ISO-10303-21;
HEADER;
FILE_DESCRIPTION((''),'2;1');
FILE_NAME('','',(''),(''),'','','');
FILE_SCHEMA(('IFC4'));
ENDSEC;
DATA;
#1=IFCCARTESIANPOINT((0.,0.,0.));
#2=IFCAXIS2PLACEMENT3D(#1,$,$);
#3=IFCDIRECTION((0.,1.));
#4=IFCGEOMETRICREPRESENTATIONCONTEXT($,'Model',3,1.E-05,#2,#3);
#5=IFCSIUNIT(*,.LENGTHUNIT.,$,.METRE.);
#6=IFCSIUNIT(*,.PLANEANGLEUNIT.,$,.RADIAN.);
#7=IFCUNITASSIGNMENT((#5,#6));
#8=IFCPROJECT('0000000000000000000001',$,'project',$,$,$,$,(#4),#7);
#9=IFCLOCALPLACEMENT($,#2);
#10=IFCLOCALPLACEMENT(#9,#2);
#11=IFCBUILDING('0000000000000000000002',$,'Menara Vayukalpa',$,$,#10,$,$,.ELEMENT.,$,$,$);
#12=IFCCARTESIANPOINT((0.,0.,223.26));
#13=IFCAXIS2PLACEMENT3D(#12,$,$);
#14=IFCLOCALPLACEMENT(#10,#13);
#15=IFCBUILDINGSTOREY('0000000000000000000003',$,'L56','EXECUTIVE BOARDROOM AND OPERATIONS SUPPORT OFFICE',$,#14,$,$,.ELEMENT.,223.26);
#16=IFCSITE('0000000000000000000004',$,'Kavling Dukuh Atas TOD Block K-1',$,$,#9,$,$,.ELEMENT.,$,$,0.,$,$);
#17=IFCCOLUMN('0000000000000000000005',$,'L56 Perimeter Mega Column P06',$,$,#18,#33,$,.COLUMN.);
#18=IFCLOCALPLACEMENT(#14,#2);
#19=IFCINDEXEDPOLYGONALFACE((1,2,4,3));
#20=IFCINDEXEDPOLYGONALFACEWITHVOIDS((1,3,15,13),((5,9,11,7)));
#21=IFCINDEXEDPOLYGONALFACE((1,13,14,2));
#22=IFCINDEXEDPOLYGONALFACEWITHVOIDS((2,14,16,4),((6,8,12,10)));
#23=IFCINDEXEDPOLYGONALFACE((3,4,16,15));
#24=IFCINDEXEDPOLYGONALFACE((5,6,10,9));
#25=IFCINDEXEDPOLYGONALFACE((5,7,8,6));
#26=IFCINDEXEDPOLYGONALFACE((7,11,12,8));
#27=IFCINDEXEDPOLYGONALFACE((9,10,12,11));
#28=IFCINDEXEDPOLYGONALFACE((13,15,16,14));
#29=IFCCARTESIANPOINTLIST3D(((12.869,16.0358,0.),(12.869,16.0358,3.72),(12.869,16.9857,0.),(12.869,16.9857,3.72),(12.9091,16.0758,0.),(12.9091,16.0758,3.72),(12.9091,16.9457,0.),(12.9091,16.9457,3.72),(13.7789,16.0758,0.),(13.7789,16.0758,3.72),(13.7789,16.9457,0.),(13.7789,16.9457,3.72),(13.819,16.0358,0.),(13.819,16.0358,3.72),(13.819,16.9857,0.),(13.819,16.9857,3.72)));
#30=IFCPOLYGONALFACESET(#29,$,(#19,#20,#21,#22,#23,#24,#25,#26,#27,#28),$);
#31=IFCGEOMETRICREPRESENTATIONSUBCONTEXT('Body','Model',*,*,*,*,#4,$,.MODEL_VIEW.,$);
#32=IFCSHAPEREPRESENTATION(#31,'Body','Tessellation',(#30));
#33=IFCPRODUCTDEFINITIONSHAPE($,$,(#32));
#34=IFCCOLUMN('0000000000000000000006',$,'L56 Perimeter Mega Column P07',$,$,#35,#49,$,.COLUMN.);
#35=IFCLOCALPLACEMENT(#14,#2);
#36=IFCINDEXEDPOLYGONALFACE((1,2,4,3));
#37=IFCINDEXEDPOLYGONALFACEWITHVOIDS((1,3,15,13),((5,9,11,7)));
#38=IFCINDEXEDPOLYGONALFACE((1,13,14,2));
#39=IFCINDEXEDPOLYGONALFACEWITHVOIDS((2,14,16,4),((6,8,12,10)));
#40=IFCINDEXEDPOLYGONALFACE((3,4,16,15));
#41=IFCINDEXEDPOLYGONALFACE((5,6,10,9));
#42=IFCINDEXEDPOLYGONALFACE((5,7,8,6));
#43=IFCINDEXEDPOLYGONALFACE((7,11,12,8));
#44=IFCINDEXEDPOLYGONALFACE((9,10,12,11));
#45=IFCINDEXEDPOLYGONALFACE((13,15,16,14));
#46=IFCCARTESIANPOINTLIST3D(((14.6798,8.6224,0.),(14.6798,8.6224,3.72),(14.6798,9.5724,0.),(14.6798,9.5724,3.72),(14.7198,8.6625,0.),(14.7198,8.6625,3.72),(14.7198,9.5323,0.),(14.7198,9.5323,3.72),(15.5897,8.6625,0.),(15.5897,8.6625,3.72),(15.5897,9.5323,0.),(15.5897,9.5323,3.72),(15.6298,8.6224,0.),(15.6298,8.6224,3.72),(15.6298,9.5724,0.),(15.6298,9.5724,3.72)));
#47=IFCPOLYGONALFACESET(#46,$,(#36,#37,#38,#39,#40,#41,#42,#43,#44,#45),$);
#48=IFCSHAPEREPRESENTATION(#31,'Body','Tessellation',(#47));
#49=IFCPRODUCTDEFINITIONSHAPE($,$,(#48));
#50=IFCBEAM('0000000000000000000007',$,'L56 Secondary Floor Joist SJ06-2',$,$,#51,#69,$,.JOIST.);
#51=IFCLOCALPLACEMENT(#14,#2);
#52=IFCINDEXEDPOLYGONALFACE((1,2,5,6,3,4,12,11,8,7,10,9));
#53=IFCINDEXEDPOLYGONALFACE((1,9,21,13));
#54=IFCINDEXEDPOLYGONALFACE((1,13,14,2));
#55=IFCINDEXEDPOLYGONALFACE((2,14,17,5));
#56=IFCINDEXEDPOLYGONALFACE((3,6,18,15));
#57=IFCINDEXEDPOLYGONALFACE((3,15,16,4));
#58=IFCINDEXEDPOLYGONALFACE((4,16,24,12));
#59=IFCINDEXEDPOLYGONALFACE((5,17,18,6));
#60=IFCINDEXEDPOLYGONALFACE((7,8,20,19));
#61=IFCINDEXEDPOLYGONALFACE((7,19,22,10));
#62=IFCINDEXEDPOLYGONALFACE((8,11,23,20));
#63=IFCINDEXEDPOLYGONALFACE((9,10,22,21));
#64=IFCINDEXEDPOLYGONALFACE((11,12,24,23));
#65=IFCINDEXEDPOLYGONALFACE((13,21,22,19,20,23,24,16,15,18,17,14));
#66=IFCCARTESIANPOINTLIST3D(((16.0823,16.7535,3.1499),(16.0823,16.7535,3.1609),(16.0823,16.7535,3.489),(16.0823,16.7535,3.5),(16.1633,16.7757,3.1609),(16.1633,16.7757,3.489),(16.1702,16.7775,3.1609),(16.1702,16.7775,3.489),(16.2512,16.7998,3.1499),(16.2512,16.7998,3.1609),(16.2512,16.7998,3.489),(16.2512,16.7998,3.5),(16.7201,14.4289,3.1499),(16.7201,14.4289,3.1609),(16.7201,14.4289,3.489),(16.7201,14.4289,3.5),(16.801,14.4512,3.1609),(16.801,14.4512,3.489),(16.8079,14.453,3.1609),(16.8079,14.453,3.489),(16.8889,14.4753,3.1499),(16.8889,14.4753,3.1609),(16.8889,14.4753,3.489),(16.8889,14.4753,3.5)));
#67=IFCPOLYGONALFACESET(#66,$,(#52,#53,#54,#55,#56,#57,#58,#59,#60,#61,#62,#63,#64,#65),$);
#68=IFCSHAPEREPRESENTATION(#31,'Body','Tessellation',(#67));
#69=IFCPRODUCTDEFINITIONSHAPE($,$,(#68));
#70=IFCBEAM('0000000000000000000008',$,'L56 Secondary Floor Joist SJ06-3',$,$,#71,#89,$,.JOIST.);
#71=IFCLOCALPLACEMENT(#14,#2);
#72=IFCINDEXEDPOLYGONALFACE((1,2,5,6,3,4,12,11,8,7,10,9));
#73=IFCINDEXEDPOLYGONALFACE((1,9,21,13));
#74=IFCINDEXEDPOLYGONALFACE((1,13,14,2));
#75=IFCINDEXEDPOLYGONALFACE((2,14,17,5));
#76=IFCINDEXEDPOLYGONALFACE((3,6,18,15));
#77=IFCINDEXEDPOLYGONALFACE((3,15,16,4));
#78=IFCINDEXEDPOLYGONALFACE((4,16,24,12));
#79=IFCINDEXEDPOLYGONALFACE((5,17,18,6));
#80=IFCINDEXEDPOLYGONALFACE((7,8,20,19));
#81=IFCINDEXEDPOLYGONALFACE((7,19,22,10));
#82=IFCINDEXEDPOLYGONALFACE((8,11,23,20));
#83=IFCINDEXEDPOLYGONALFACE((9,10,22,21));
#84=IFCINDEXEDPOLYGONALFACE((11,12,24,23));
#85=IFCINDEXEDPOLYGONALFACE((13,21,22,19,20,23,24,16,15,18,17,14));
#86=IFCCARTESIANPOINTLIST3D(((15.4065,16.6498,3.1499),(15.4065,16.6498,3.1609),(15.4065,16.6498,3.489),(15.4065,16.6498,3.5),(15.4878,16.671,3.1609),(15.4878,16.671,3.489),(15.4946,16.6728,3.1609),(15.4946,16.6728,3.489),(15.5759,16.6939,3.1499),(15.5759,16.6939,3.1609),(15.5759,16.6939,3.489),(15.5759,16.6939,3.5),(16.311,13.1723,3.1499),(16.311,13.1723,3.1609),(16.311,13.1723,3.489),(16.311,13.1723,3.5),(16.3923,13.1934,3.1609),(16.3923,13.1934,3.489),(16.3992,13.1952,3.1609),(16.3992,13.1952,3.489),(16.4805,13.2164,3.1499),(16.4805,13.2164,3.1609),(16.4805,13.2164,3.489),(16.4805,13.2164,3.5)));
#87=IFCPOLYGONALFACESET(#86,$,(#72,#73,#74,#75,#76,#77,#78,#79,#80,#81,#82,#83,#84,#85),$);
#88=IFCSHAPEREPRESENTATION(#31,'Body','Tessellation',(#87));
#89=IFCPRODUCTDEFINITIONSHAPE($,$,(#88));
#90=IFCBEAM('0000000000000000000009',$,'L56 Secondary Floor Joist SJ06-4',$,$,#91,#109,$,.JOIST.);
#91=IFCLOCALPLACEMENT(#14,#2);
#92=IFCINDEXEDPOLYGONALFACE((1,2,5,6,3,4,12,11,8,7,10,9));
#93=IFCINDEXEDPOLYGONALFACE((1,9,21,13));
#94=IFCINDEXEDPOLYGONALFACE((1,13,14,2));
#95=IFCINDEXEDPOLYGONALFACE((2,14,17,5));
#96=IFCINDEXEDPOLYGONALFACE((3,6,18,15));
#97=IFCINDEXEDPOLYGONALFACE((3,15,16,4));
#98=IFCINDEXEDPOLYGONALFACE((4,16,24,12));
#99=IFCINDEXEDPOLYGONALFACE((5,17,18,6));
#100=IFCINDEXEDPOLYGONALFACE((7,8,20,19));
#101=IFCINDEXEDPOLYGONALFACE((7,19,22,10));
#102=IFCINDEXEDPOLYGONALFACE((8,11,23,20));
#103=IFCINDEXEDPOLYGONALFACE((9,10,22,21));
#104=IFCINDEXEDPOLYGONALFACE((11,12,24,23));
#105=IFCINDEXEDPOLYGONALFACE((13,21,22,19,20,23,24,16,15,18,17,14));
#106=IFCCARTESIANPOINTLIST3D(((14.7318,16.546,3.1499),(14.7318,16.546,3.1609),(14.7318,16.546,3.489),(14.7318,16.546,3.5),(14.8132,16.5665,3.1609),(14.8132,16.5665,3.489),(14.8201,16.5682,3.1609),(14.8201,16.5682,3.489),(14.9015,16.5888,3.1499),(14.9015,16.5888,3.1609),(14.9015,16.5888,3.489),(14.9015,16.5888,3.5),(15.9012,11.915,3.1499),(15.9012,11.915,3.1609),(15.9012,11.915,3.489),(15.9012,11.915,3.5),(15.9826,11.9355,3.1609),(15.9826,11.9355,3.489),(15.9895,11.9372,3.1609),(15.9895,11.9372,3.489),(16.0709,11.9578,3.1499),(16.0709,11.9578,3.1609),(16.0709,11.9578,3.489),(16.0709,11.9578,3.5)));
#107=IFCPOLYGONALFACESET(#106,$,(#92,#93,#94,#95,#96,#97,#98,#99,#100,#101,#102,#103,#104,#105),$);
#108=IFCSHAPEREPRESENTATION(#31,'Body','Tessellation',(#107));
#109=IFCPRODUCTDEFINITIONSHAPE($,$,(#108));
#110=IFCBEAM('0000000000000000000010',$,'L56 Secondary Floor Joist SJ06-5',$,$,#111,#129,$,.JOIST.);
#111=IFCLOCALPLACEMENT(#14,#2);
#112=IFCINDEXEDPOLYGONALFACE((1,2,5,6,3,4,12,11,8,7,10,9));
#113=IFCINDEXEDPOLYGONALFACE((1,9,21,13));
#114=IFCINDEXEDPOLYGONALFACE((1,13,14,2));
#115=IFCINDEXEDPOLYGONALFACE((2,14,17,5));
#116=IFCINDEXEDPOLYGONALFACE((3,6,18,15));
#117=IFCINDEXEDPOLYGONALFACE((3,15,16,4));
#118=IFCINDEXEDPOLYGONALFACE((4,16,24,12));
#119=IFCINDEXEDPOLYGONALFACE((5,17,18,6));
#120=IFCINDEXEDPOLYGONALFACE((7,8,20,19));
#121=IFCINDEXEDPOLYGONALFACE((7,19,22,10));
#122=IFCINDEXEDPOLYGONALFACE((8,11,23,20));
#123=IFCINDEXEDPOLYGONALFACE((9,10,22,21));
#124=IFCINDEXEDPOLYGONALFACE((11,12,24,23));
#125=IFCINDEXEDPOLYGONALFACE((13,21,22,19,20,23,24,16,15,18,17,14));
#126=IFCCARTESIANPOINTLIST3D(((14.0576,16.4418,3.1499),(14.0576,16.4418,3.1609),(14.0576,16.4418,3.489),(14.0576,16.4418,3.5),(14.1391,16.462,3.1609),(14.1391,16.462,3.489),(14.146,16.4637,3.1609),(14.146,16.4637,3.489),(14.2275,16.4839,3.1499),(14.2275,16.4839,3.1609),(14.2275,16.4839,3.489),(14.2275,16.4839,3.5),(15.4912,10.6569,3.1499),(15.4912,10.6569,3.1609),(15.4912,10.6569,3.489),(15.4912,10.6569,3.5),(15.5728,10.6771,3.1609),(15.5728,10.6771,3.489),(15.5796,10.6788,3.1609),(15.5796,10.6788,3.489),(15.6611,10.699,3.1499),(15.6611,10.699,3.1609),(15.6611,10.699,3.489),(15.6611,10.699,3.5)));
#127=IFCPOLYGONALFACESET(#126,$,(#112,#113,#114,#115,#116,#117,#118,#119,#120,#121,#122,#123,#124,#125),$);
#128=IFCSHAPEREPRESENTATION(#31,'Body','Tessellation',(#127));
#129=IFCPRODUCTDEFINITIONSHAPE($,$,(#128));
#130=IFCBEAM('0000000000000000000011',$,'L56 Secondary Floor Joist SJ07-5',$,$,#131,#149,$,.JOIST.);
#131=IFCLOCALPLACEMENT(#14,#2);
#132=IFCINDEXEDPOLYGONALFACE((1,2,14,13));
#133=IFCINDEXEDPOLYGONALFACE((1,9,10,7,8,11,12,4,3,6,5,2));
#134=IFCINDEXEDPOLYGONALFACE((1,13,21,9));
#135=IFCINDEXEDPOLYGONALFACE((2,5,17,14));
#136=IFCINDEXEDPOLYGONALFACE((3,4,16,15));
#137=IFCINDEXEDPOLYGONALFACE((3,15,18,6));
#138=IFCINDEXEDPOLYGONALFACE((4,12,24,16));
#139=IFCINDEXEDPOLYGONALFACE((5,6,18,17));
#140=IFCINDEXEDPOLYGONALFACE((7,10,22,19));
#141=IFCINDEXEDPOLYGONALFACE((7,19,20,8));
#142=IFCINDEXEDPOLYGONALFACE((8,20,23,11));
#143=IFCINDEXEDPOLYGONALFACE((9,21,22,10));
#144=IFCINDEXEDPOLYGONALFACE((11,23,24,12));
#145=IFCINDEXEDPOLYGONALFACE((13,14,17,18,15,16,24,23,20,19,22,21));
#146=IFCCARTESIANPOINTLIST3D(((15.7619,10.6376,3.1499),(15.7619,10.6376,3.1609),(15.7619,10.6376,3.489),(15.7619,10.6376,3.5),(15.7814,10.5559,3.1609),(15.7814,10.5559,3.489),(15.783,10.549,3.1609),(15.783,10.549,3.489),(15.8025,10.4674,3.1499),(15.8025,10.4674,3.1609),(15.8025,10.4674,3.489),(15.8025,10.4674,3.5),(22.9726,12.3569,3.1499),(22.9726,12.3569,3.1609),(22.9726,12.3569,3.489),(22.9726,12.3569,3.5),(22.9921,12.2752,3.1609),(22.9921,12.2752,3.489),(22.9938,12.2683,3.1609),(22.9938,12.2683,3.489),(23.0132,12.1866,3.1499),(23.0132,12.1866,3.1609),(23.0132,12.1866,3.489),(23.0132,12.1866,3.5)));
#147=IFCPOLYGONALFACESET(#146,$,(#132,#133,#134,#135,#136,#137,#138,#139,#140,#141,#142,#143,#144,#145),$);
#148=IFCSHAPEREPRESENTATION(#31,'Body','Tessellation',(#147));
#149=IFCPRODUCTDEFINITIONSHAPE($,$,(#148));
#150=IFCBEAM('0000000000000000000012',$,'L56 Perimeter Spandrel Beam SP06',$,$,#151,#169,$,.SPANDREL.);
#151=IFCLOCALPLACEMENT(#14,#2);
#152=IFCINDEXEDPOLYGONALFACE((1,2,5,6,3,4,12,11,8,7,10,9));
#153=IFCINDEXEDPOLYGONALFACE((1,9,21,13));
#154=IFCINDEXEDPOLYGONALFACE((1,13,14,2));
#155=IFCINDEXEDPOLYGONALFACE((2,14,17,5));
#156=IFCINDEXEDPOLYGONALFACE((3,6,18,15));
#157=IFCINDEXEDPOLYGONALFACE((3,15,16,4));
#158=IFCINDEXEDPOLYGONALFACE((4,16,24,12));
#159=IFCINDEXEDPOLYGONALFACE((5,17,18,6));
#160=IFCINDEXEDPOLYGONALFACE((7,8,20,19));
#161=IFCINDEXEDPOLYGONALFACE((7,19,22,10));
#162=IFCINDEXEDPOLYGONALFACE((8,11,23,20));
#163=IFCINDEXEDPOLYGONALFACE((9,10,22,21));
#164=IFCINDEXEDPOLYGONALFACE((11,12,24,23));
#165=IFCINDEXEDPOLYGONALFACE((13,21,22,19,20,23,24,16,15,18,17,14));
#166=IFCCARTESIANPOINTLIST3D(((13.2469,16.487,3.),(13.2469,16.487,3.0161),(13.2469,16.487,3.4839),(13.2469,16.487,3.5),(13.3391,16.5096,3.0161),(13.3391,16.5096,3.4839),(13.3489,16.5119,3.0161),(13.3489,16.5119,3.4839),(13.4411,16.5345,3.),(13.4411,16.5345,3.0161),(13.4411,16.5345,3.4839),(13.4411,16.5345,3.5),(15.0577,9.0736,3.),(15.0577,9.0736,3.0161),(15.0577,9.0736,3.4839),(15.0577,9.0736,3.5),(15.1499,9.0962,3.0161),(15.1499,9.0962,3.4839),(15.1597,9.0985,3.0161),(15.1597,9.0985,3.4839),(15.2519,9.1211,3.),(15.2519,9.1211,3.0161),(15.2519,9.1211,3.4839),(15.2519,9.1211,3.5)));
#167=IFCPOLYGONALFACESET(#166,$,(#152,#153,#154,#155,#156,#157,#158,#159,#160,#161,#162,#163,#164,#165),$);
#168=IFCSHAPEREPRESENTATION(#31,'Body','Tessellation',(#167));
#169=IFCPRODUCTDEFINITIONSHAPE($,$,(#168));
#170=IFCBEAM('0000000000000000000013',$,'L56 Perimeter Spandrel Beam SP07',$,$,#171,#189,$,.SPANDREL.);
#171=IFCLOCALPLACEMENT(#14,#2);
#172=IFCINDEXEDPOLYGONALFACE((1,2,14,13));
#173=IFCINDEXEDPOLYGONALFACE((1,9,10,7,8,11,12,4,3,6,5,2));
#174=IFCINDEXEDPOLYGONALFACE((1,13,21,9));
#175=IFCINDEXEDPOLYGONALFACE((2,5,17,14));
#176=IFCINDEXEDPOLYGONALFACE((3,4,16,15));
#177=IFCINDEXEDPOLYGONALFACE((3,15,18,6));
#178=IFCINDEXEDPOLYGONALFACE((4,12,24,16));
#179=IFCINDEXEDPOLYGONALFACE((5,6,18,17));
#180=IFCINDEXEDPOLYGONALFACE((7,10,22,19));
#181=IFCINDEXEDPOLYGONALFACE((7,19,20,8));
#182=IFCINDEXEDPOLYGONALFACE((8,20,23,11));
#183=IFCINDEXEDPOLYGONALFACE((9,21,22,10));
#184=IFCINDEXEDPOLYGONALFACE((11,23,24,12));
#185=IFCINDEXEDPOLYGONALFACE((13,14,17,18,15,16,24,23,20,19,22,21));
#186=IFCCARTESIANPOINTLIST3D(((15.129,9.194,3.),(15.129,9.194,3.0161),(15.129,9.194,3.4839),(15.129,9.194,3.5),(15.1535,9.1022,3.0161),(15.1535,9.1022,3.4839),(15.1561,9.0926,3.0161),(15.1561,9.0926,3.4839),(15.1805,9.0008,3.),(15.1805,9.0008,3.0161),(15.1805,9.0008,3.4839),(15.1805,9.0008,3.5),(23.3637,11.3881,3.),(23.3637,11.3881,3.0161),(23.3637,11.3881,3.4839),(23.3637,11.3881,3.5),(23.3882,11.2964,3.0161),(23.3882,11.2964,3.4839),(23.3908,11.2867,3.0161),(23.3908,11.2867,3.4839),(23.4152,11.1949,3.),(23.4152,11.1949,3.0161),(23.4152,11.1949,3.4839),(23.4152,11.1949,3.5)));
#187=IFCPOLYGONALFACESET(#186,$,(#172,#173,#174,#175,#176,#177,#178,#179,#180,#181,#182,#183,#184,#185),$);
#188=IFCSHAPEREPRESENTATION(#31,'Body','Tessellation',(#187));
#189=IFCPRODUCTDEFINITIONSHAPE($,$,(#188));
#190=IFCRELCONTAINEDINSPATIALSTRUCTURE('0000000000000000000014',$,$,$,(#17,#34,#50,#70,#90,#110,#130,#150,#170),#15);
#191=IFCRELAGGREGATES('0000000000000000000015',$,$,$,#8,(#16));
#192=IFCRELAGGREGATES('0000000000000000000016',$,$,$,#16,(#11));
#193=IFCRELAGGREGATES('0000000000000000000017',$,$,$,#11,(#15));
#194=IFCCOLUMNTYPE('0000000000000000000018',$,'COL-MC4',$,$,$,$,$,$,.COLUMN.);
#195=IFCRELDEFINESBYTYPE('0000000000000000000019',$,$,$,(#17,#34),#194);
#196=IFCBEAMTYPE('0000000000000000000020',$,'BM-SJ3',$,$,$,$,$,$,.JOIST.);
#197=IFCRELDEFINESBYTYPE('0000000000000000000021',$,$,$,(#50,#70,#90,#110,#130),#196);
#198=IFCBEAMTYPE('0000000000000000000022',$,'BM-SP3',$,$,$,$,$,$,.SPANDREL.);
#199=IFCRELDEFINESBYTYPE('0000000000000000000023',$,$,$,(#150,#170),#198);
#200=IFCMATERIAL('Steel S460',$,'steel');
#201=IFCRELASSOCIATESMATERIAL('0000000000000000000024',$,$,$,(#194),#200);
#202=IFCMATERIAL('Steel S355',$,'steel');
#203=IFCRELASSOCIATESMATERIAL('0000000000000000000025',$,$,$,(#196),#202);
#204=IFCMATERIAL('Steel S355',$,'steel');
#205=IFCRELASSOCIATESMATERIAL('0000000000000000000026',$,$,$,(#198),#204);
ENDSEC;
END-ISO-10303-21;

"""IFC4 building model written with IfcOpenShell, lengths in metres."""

from ifc_helpers import new_model, si_unit, direction, frame, origin, origin_2d, place, context, subcontext, project, spatial, hollow_rectangle, i_section, extrude, material, material_profile, profile_set, type_object, element, save


model = new_model("IFC4")

# Units and contexts
model_context = context("Model", 3, precision=1e-05, world=origin(), true_north=direction((0.0, 1.0)))
body_context = subcontext(model_context, "Body", "Model", "MODEL_VIEW")
ifc_project = project(units=[si_unit("LENGTHUNIT", "METRE"), si_unit("PLANEANGLEUNIT", "RADIAN")], contexts=[model_context])

# Site, building, storey
site_placement = place(None, origin())
site = spatial("IfcSite", under=ifc_project, at=site_placement, Name="Kavling Dukuh Atas TOD Block K-1", CompositionType="ELEMENT", RefElevation=0.0)
building_placement = place(site_placement, origin())
building = spatial("IfcBuilding", under=site, at=building_placement, Name="Menara Vayukalpa", CompositionType="ELEMENT")
storey_placement = place(building_placement, frame((0.0, 0.0, 223.26)))
storey = spatial("IfcBuildingStorey", under=building, at=storey_placement, Name="L56", Description="EXECUTIVE BOARDROOM AND OPERATIONS SUPPORT OFFICE", CompositionType="ELEMENT", Elevation=223.26)

# Columns
ifc_material_1 = material(Name="Steel S460", Category="steel")
ifc_material_profile_1 = material_profile(ifc_material_1, hollow_rectangle(XDim=0.95, YDim=0.95, WallThickness=0.04, at=origin_2d()), Name="BOX 950x950x40")
ifc_profile_set_1 = profile_set([ifc_material_profile_1], Name="Steel S460")
column_type = type_object("IfcColumnType", Name="COL-MC4", PredefinedType="COLUMN", material=ifc_profile_set_1)
for number, where, z_axis, x_axis, name in (
    (1, (13.344, 16.5107, 0.0), (0.0, 0.0, 1.0), (1.0, 0.0, 0.0), "L56 Perimeter Mega Column P06"),
    (2, (15.1548, 9.0974, 0.0), (0.0, 0.0, 1.0), (1.0, 0.0, 0.0), "L56 Perimeter Mega Column P07"),
):
    element("IfcColumn", number, at=place(storey_placement, frame(where, z_axis=z_axis, x_axis=x_axis)), inside=storey, type_object=column_type, Name=name, PredefinedType="COLUMN", context=body_context, shape_type="SweptSolid", body=[
        extrude(hollow_rectangle(XDim=0.95, YDim=0.95, WallThickness=0.04, at=origin_2d()), origin(), (0.0, 0.0, 1.0), 3.72),
    ])

# Beams
ifc_material_2 = material(Name="Steel S355", Category="steel")
ifc_material_profile_2 = material_profile(ifc_material_2, i_section(OverallWidth=0.175, OverallDepth=0.3501, WebThickness=0.0071, FlangeThickness=0.011, at=origin_2d()), Name="WF 350x175x7x11")
ifc_profile_set_2 = profile_set([ifc_material_profile_2], Name="Steel S355")
beam_type_1 = type_object("IfcBeamType", Name="BM-SJ3", PredefinedType="JOIST", material=ifc_profile_set_2)
beam_1_placement = place(storey_placement, frame((16.1667, 16.7766, 3.325), z_axis=(0.264566, -0.964368, 0.0), x_axis=(0.964368, 0.264566, 0.0)))
element("IfcBeam", 3, at=beam_1_placement, inside=storey, type_object=beam_type_1, Name="L56 Secondary Floor Joist SJ06-2", PredefinedType="JOIST", context=body_context, shape_type="SweptSolid", body=[
    extrude(i_section(OverallWidth=0.175, OverallDepth=0.3501, WebThickness=0.0071, FlangeThickness=0.011, at=origin_2d()), origin(), (0.0, 0.0, 1.0), 2.4104),
])
beam_2_placement = place(storey_placement, frame((15.4912, 16.6719, 3.325), z_axis=(0.251733, -0.967797, 0.0), x_axis=(0.967797, 0.251733, 0.0)))
element("IfcBeam", 4, at=beam_2_placement, inside=storey, type_object=beam_type_1, Name="L56 Secondary Floor Joist SJ06-3", PredefinedType="JOIST", context=body_context, shape_type="SweptSolid", body=[
    extrude(i_section(OverallWidth=0.175, OverallDepth=0.3501, WebThickness=0.0071, FlangeThickness=0.011, at=origin_2d()), origin(), (0.0, 0.0, 1.0), 3.5933),
])
beam_3_placement = place(storey_placement, frame((14.8167, 16.5674, 3.325), z_axis=(0.244832, -0.969566, 0.0), x_axis=(0.969566, 0.244832, 0.0)))
element("IfcBeam", 5, at=beam_3_placement, inside=storey, type_object=beam_type_1, Name="L56 Secondary Floor Joist SJ06-4", PredefinedType="JOIST", context=body_context, shape_type="SweptSolid", body=[
    extrude(i_section(OverallWidth=0.175, OverallDepth=0.3501, WebThickness=0.0071, FlangeThickness=0.011, at=origin_2d()), origin(), (0.0, 0.0, 1.0), 4.7764),
])
beam_4_placement = place(storey_placement, frame((14.1426, 16.4629, 3.325), z_axis=(0.24054, -0.970639, 0.0), x_axis=(0.970639, 0.24054, 0.0)))
element("IfcBeam", 6, at=beam_4_placement, inside=storey, type_object=beam_type_1, Name="L56 Secondary Floor Joist SJ06-5", PredefinedType="JOIST", context=body_context, shape_type="SweptSolid", body=[
    extrude(i_section(OverallWidth=0.175, OverallDepth=0.3501, WebThickness=0.0071, FlangeThickness=0.011, at=origin_2d()), origin(), (0.0, 0.0, 1.0), 5.96),
])
beam_5_placement = place(storey_placement, frame((15.7822, 10.5525, 3.325), z_axis=(0.972733, 0.231928, 0.0), x_axis=(-0.231928, 0.972733, 0.0)))
element("IfcBeam", 7, at=beam_5_placement, inside=storey, type_object=beam_type_1, Name="L56 Secondary Floor Joist SJ07-5", PredefinedType="JOIST", context=body_context, shape_type="SweptSolid", body=[
    extrude(i_section(OverallWidth=0.175, OverallDepth=0.3501, WebThickness=0.0071, FlangeThickness=0.011, at=origin_2d()), origin(), (0.0, 0.0, 1.0), 7.4128),
])
ifc_material_3 = material(Name="Steel S355", Category="steel")
ifc_material_profile_3 = material_profile(ifc_material_3, i_section(OverallWidth=0.2, OverallDepth=0.5, WebThickness=0.01, FlangeThickness=0.0161, at=origin_2d()), Name="WF 500x200x10x16")
ifc_profile_set_3 = profile_set([ifc_material_profile_3], Name="Steel S355")
beam_type_2 = type_object("IfcBeamType", Name="BM-SP3", PredefinedType="SPANDREL", material=ifc_profile_set_3)
beam_6_placement = place(storey_placement, frame((13.344, 16.5107, 3.25), z_axis=(0.237285, -0.97144, 0.0), x_axis=(0.97144, 0.237285, 0.0)))
element("IfcBeam", 8, at=beam_6_placement, inside=storey, type_object=beam_type_2, Name="L56 Perimeter Spandrel Beam SP06", PredefinedType="SPANDREL", context=body_context, shape_type="SweptSolid", body=[
    extrude(i_section(OverallWidth=0.2, OverallDepth=0.5, WebThickness=0.01, FlangeThickness=0.0161, at=origin_2d()), origin(), (0.0, 0.0, 1.0), 7.6313),
])
beam_7_placement = place(storey_placement, frame((15.1548, 9.0974, 3.25), z_axis=(0.966288, 0.257465, 0.0), x_axis=(-0.257465, 0.966288, 0.0)))
element("IfcBeam", 9, at=beam_7_placement, inside=storey, type_object=beam_type_2, Name="L56 Perimeter Spandrel Beam SP07", PredefinedType="SPANDREL", context=body_context, shape_type="SweptSolid", body=[
    extrude(i_section(OverallWidth=0.2, OverallDepth=0.5, WebThickness=0.01, FlangeThickness=0.0161, at=origin_2d()), origin(), (0.0, 0.0, 1.0), 8.522),
])

save(model, "model.ifc")
